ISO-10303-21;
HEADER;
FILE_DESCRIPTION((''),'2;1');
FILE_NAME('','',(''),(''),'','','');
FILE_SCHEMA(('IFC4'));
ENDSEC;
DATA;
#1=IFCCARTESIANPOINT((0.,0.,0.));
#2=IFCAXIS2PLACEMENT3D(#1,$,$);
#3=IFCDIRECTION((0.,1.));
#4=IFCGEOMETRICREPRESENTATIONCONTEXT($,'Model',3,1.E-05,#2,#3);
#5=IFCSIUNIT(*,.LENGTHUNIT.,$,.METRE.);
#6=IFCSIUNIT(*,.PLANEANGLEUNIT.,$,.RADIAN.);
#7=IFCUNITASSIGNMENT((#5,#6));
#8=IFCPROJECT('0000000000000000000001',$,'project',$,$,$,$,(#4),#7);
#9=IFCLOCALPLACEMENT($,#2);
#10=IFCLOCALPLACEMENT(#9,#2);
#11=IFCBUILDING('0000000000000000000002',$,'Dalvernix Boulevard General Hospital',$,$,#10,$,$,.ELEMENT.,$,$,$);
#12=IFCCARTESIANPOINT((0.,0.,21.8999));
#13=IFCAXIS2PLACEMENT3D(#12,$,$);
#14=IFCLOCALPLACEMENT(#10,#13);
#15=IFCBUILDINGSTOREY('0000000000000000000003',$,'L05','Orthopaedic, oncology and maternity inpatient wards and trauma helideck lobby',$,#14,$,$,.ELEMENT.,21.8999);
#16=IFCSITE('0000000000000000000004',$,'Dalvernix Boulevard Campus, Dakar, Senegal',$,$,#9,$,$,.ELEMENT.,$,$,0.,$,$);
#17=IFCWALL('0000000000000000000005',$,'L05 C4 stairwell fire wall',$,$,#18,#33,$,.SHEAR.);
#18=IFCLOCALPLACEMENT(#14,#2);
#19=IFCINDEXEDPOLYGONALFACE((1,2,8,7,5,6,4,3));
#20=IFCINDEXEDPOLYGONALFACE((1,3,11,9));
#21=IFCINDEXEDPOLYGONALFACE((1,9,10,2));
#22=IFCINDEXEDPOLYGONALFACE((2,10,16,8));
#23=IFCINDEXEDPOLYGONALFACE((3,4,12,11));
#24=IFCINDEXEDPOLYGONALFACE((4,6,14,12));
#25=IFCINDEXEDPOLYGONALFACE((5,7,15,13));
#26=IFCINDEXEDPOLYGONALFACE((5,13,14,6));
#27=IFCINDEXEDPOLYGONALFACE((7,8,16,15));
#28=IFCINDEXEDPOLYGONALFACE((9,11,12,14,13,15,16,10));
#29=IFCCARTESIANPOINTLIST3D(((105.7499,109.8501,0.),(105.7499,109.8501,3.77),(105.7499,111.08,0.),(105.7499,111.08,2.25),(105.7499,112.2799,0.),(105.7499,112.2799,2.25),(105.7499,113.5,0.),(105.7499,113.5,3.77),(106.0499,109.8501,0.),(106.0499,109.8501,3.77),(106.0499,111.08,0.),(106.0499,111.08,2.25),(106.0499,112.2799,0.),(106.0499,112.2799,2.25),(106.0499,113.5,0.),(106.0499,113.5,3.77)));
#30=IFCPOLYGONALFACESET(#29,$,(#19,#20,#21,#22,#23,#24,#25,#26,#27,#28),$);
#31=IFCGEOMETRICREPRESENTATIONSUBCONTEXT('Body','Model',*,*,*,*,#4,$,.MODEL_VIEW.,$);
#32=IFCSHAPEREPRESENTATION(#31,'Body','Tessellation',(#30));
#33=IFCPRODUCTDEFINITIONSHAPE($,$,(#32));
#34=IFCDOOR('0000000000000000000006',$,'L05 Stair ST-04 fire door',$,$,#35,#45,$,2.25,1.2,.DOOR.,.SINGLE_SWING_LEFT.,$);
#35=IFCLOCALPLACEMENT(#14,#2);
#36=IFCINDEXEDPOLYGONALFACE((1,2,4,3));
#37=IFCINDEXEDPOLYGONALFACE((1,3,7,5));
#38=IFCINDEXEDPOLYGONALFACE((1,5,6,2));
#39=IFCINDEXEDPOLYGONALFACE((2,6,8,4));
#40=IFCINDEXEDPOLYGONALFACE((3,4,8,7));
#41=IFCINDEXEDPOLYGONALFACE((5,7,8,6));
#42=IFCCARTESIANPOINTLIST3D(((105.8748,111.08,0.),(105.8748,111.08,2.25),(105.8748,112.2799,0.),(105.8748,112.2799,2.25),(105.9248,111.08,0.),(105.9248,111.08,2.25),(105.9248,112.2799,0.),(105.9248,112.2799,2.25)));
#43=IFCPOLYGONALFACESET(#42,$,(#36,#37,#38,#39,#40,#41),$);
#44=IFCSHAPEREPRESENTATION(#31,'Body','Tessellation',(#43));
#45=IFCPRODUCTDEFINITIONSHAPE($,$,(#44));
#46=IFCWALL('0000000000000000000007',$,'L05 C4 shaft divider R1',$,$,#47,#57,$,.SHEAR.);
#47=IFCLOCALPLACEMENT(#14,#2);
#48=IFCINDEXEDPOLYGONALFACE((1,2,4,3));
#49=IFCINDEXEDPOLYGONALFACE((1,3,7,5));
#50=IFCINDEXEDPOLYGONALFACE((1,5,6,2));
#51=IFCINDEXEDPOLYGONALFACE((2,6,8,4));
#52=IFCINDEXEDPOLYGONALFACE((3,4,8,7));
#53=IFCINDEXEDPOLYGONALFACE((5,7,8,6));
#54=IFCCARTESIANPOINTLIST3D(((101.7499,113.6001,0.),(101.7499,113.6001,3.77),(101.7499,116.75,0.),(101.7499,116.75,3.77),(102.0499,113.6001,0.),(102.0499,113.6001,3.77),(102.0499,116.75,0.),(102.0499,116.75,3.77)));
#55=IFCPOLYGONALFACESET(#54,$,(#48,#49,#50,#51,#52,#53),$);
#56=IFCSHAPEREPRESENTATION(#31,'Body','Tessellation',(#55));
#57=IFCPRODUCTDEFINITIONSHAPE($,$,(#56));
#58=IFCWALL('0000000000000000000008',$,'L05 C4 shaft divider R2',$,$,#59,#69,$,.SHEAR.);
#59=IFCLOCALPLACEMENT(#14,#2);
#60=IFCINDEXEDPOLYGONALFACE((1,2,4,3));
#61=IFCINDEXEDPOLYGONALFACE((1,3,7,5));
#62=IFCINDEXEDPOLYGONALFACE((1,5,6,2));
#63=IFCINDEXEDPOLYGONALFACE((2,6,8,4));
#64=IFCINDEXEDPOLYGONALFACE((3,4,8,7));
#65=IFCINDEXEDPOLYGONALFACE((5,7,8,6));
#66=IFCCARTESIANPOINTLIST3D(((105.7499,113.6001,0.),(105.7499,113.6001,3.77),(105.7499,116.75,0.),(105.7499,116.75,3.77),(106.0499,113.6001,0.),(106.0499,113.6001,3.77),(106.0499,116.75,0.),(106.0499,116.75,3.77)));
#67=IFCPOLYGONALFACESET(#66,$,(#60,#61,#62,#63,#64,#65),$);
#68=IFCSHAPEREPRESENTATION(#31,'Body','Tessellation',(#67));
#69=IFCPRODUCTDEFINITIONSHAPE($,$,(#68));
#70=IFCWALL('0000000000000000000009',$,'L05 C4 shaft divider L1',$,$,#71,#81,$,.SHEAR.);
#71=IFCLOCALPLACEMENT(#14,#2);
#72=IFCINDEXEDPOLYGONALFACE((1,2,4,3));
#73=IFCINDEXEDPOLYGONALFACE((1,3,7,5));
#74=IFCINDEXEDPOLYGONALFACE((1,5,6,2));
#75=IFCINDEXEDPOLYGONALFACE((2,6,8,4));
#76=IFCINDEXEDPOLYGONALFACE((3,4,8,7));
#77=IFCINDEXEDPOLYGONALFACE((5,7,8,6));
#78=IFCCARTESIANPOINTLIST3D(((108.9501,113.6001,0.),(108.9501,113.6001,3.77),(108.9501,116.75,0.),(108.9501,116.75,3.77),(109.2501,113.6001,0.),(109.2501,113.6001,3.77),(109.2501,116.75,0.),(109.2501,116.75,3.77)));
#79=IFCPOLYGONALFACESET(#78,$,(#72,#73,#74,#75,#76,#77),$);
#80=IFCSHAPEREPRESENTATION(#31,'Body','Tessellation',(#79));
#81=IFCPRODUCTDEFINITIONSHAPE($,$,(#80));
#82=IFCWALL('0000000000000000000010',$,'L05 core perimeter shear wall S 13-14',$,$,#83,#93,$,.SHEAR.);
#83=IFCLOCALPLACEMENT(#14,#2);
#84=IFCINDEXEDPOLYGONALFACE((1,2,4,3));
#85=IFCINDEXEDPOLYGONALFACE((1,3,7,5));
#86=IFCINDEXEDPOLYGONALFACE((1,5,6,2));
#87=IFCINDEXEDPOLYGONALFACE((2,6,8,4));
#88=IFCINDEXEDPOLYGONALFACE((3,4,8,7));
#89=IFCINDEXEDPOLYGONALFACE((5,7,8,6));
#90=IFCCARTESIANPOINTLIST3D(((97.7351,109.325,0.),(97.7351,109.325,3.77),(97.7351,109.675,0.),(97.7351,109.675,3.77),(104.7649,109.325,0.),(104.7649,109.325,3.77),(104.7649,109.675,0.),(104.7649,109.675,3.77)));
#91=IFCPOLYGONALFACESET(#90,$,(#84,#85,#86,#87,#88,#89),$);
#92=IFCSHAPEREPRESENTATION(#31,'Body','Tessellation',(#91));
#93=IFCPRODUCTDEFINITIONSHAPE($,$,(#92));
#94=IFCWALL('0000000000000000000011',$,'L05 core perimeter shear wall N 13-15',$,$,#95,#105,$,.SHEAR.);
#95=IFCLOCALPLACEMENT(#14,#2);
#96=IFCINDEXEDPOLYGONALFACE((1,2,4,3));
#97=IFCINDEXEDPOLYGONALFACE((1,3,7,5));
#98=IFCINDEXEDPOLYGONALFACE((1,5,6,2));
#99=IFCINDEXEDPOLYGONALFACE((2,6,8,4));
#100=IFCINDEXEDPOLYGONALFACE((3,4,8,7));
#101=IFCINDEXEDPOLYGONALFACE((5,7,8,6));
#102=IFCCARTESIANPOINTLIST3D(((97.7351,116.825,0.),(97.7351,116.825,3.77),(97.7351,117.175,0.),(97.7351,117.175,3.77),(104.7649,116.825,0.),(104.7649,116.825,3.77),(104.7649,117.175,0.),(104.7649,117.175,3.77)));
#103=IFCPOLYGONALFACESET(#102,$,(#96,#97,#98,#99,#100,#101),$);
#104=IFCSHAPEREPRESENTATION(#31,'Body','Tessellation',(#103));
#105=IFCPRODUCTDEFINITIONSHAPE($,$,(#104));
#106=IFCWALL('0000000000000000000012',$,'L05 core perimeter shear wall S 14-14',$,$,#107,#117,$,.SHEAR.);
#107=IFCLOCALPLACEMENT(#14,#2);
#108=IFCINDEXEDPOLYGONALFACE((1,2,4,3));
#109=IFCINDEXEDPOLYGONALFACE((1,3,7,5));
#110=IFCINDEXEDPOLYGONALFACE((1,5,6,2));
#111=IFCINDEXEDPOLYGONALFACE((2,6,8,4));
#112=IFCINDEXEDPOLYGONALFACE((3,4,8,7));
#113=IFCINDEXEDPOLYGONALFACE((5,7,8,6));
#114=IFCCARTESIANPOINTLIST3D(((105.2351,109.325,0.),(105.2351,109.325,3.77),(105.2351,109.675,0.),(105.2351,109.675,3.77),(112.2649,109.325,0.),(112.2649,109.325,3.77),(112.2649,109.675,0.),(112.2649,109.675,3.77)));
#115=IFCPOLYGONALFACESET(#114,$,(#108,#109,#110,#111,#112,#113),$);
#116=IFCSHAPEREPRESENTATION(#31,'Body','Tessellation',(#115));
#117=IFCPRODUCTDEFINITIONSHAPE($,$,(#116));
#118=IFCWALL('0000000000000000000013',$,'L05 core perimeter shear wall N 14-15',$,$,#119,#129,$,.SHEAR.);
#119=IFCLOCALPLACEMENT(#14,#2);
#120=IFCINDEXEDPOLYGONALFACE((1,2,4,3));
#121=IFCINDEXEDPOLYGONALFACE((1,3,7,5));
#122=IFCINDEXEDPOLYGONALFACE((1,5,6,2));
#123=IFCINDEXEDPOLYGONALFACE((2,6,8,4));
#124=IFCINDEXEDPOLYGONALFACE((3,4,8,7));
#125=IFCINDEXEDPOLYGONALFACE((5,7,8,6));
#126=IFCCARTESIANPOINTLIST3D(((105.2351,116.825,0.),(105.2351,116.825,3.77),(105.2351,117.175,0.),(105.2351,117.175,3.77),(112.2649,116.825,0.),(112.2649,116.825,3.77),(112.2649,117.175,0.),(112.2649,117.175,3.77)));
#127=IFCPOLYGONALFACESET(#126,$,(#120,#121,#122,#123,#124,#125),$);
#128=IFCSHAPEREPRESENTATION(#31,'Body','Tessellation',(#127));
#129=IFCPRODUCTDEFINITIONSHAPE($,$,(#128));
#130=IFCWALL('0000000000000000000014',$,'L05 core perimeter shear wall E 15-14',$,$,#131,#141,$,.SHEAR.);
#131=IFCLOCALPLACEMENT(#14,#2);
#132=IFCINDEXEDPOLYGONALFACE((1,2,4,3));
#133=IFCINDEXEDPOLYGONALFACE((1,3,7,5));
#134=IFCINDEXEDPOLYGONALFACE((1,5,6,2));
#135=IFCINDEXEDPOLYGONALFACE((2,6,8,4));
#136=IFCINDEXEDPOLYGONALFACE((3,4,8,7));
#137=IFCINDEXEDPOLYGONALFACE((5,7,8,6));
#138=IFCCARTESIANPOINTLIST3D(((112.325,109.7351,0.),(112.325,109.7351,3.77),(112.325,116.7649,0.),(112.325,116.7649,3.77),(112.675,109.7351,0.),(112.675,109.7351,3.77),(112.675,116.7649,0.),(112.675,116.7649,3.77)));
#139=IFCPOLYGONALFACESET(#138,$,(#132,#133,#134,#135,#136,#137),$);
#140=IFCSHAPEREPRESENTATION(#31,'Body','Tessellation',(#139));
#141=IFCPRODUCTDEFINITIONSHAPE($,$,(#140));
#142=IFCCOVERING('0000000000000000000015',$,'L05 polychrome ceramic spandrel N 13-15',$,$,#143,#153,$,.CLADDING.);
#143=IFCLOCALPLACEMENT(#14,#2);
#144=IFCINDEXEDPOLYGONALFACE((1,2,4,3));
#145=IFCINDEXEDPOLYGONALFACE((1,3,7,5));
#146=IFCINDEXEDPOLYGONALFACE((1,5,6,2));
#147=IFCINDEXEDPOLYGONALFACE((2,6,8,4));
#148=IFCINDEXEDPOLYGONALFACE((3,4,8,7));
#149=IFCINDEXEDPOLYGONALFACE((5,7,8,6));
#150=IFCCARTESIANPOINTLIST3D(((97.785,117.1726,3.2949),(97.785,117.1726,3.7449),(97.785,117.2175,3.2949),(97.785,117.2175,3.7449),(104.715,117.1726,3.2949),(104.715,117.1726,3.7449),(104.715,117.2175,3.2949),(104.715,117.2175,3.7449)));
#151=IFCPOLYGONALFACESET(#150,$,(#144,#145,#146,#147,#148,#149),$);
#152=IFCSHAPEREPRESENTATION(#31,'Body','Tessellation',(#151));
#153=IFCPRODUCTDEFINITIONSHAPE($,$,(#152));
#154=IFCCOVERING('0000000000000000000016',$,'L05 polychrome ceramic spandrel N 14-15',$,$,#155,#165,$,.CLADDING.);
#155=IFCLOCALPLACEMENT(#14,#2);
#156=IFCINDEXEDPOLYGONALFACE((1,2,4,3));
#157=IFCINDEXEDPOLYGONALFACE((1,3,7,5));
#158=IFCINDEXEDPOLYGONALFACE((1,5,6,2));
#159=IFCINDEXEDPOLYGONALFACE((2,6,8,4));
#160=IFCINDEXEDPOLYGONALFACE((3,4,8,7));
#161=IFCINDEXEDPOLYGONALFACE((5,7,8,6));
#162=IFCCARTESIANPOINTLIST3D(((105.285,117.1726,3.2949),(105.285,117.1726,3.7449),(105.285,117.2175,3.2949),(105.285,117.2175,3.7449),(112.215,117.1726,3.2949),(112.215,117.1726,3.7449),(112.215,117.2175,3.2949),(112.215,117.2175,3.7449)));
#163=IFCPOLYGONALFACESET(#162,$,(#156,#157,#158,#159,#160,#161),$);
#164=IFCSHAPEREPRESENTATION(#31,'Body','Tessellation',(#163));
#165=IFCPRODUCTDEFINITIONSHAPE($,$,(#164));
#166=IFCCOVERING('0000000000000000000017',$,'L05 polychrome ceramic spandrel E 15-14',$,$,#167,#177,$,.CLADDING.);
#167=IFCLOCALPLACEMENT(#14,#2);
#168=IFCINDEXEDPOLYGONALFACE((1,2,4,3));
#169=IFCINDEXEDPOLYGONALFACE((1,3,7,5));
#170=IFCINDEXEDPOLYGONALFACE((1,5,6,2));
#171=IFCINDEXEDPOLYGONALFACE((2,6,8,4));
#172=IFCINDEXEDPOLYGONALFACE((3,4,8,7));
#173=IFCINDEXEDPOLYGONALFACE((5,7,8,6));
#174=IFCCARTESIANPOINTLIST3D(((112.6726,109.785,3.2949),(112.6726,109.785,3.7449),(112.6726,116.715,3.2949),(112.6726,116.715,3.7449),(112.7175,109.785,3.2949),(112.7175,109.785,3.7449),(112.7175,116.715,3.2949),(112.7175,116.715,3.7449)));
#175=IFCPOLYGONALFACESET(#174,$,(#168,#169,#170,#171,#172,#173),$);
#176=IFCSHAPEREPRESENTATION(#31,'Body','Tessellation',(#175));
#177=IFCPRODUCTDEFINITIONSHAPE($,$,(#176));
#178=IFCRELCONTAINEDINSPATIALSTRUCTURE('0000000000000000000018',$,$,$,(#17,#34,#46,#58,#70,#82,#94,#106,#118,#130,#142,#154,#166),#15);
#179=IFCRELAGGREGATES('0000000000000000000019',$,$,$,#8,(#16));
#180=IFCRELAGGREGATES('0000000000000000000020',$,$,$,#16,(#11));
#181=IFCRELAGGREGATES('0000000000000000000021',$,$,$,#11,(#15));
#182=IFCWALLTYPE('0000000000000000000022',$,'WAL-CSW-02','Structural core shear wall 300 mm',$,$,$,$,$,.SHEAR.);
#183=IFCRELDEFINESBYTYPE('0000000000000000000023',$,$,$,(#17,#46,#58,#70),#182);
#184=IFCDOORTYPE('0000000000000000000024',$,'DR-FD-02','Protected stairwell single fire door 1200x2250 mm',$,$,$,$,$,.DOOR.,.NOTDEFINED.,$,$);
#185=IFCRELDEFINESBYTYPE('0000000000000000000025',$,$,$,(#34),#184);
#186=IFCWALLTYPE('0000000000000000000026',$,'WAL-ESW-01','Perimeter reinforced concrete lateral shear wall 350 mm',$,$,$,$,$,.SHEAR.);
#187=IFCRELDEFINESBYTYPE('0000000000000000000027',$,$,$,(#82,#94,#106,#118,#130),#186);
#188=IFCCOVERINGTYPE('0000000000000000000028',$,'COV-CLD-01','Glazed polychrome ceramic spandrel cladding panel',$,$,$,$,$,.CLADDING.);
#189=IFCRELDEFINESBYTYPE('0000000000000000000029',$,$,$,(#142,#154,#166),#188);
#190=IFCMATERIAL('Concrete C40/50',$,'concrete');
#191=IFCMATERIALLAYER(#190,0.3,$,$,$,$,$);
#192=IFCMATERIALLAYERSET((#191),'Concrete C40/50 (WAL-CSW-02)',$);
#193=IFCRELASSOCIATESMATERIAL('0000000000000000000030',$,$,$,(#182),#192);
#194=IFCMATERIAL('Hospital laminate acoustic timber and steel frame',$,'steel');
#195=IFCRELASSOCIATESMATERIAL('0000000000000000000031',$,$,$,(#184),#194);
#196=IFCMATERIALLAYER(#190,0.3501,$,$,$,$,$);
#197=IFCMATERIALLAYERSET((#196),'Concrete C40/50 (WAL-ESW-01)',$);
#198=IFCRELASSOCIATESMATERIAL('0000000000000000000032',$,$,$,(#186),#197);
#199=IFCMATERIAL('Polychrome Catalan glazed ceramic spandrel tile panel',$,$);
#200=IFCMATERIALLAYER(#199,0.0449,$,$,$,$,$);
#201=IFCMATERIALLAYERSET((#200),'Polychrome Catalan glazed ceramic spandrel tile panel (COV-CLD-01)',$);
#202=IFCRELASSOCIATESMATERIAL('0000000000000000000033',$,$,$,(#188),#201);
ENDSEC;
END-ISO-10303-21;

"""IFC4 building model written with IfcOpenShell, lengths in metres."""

from ifc_helpers import new_model, si_unit, direction, frame, frame_2d, origin, origin_2d, place, context, subcontext, project, spatial, rectangle, extrude, material, layer, layer_set, type_object, element, fill, save


model = new_model("IFC4")

# Units and contexts
model_context = context("Model", 3, precision=1e-05, world=origin(), true_north=direction((0.0, 1.0)))
body_context = subcontext(model_context, "Body", "Model", "MODEL_VIEW")
ifc_project = project(units=[si_unit("LENGTHUNIT", "METRE"), si_unit("PLANEANGLEUNIT", "RADIAN")], contexts=[model_context])

# Site, building, storey
site_placement = place(None, origin())
site = spatial("IfcSite", under=ifc_project, at=site_placement, Name="Dalvernix Boulevard Campus, Dakar, Senegal", CompositionType="ELEMENT", RefElevation=0.0)
building_placement = place(site_placement, origin())
building = spatial("IfcBuilding", under=site, at=building_placement, Name="Dalvernix Boulevard General Hospital", CompositionType="ELEMENT")
storey_placement = place(building_placement, frame((0.0, 0.0, 21.8999)))
storey = spatial("IfcBuildingStorey", under=building, at=storey_placement, Name="L05", Description="Orthopaedic, oncology and maternity inpatient wards and trauma helideck lobby", CompositionType="ELEMENT", Elevation=21.8999)

# Shared definitions
ifc_material_1 = material(Name="Concrete C40/50", Category="concrete")

# Shared definitions
ifc_layer_1 = layer(ifc_material_1, 0.3)
ifc_layer_set_1 = layer_set([ifc_layer_1], Name="Concrete C40/50 (WAL-CSW-02)")
wall_type_1 = type_object("IfcWallType", Name="WAL-CSW-02", Description="Structural core shear wall 300 mm", PredefinedType="SHEAR", material=ifc_layer_set_1)

# Shared definitions
ifc_material_2 = material(Name="Hospital laminate acoustic timber and steel frame", Category="steel")

# Wall, opening, door
wall_1_placement = place(storey_placement, frame((105.8999, 113.5, 0.0), z_axis=(0.0, 0.0, 1.0), x_axis=(0.0, -1.0, 0.0)))
wall_1 = element("IfcWall", 1, at=wall_1_placement, inside=storey, type_object=wall_type_1, Name="L05 C4 stairwell fire wall", PredefinedType="SHEAR", context=body_context, shape_type="SweptSolid", body=[
    extrude(rectangle(XDim=3.6499, YDim=0.3, at=frame_2d((1.825, 0.0))), origin(), (0.0, 0.0, 1.0), 3.77),
])
opening_1_placement = place(wall_1_placement, frame((1.22, 0.0, 0.0)))
opening_1 = element("IfcOpeningElement", 2, at=opening_1_placement, cuts=wall_1, PredefinedType="OPENING", context=body_context, shape_type="SweptSolid", body=[
    extrude(rectangle(XDim=1.2, YDim=2.25, at=frame_2d((0.6001, 1.125))), frame((0.0, 0.1599, 0.0), z_axis=(0.0, -1.0, 0.0), x_axis=(1.0, 0.0, 0.0)), (0.0, 0.0, 1.0), 0.3201),
])
door_type_1 = type_object("IfcDoorType", Name="DR-FD-02", Description="Protected stairwell single fire door 1200x2250 mm", OperationType="NOTDEFINED", PredefinedType="DOOR", material=ifc_material_2)
door_1_placement = place(opening_1_placement, origin())
door_1 = element("IfcDoor", 3, at=door_1_placement, inside=storey, type_object=door_type_1, Name="L05 Stair ST-04 fire door", OperationType="SINGLE_SWING_LEFT", OverallHeight=2.25, OverallWidth=1.2, PredefinedType="DOOR", context=body_context, shape_type="SweptSolid", body=[
    extrude(rectangle(XDim=1.2, YDim=2.25, at=frame_2d((0.6001, 1.125))), frame((0.0, 0.0249, 0.0), z_axis=(0.0, -1.0, 0.0), x_axis=(1.0, 0.0, 0.0)), (0.0, 0.0, 1.0), 0.05),
])
fill(opening_1, door_1)

# Walls
for number, where, z_axis, x_axis, name in (
    (4, (101.8999, 113.6001, 0.0), (0.0, 0.0, 1.0), (0.0, 1.0, 0.0), "L05 C4 shaft divider R1"),
    (5, (105.8999, 113.6001, 0.0), (0.0, 0.0, 1.0), (0.0, 1.0, 0.0), "L05 C4 shaft divider R2"),
    (6, (109.1001, 113.6001, 0.0), (0.0, 0.0, 1.0), (0.0, 1.0, 0.0), "L05 C4 shaft divider L1"),
):
    element("IfcWall", number, at=place(storey_placement, frame(where, z_axis=z_axis, x_axis=x_axis)), inside=storey, type_object=wall_type_1, Name=name, PredefinedType="SHEAR", context=body_context, shape_type="SweptSolid", body=[
        extrude(rectangle(XDim=3.1499, YDim=0.3, at=frame_2d((1.575, 0.0))), origin(), (0.0, 0.0, 1.0), 3.77),
    ])
ifc_layer_2 = layer(ifc_material_1, 0.3501)
ifc_layer_set_2 = layer_set([ifc_layer_2], Name="Concrete C40/50 (WAL-ESW-01)")
wall_type_2 = type_object("IfcWallType", Name="WAL-ESW-01", Description="Perimeter reinforced concrete lateral shear wall 350 mm", PredefinedType="SHEAR", material=ifc_layer_set_2)
for number, where, z_axis, x_axis, name in (
    (7, (104.7649, 109.5, 0.0), (0.0, 0.0, 1.0), (-1.0, 0.0, 0.0), "L05 core perimeter shear wall S 13-14"),
    (8, (97.7351, 117.0, 0.0), (0.0, 0.0, 1.0), (1.0, 0.0, 0.0), "L05 core perimeter shear wall N 13-15"),
    (9, (112.2649, 109.5, 0.0), (0.0, 0.0, 1.0), (-1.0, 0.0, 0.0), "L05 core perimeter shear wall S 14-14"),
    (10, (105.2351, 117.0, 0.0), (0.0, 0.0, 1.0), (1.0, 0.0, 0.0), "L05 core perimeter shear wall N 14-15"),
    (11, (112.5, 116.7649, 0.0), (0.0, 0.0, 1.0), (0.0, -1.0, 0.0), "L05 core perimeter shear wall E 15-14"),
):
    element("IfcWall", number, at=place(storey_placement, frame(where, z_axis=z_axis, x_axis=x_axis)), inside=storey, type_object=wall_type_2, Name=name, PredefinedType="SHEAR", context=body_context, shape_type="SweptSolid", body=[
        extrude(rectangle(XDim=7.0298, YDim=0.3501, at=frame_2d((3.5149, 0.0))), origin(), (0.0, 0.0, 1.0), 3.77),
    ])

# Coverings
ifc_material_3 = material(Name="Polychrome Catalan glazed ceramic spandrel tile panel")
ifc_layer_3 = layer(ifc_material_3, 0.0449)
ifc_layer_set_3 = layer_set([ifc_layer_3], Name="Polychrome Catalan glazed ceramic spandrel tile panel (COV-CLD-01)")
covering_type = type_object("IfcCoveringType", Name="COV-CLD-01", Description="Glazed polychrome ceramic spandrel cladding panel", PredefinedType="CLADDING", material=ifc_layer_set_3)
for number, where, z_axis, x_axis, name in (
    (12, (101.25, 117.1951, 3.2949), (0.0, 0.0, 1.0), (1.0, 0.0, 0.0), "L05 polychrome ceramic spandrel N 13-15"),
    (13, (108.75, 117.1951, 3.2949), (0.0, 0.0, 1.0), (1.0, 0.0, 0.0), "L05 polychrome ceramic spandrel N 14-15"),
    (14, (112.6951, 113.25, 3.2949), (0.0, 0.0, 1.0), (0.0, -1.0, 0.0), "L05 polychrome ceramic spandrel E 15-14"),
):
    element("IfcCovering", number, at=place(storey_placement, frame(where, z_axis=z_axis, x_axis=x_axis)), inside=storey, type_object=covering_type, Name=name, PredefinedType="CLADDING", context=body_context, shape_type="SweptSolid", body=[
        extrude(rectangle(XDim=6.9299, YDim=0.0449, at=origin_2d()), origin(), (0.0, 0.0, 1.0), 0.45),
    ])

save(model, "model.ifc")
